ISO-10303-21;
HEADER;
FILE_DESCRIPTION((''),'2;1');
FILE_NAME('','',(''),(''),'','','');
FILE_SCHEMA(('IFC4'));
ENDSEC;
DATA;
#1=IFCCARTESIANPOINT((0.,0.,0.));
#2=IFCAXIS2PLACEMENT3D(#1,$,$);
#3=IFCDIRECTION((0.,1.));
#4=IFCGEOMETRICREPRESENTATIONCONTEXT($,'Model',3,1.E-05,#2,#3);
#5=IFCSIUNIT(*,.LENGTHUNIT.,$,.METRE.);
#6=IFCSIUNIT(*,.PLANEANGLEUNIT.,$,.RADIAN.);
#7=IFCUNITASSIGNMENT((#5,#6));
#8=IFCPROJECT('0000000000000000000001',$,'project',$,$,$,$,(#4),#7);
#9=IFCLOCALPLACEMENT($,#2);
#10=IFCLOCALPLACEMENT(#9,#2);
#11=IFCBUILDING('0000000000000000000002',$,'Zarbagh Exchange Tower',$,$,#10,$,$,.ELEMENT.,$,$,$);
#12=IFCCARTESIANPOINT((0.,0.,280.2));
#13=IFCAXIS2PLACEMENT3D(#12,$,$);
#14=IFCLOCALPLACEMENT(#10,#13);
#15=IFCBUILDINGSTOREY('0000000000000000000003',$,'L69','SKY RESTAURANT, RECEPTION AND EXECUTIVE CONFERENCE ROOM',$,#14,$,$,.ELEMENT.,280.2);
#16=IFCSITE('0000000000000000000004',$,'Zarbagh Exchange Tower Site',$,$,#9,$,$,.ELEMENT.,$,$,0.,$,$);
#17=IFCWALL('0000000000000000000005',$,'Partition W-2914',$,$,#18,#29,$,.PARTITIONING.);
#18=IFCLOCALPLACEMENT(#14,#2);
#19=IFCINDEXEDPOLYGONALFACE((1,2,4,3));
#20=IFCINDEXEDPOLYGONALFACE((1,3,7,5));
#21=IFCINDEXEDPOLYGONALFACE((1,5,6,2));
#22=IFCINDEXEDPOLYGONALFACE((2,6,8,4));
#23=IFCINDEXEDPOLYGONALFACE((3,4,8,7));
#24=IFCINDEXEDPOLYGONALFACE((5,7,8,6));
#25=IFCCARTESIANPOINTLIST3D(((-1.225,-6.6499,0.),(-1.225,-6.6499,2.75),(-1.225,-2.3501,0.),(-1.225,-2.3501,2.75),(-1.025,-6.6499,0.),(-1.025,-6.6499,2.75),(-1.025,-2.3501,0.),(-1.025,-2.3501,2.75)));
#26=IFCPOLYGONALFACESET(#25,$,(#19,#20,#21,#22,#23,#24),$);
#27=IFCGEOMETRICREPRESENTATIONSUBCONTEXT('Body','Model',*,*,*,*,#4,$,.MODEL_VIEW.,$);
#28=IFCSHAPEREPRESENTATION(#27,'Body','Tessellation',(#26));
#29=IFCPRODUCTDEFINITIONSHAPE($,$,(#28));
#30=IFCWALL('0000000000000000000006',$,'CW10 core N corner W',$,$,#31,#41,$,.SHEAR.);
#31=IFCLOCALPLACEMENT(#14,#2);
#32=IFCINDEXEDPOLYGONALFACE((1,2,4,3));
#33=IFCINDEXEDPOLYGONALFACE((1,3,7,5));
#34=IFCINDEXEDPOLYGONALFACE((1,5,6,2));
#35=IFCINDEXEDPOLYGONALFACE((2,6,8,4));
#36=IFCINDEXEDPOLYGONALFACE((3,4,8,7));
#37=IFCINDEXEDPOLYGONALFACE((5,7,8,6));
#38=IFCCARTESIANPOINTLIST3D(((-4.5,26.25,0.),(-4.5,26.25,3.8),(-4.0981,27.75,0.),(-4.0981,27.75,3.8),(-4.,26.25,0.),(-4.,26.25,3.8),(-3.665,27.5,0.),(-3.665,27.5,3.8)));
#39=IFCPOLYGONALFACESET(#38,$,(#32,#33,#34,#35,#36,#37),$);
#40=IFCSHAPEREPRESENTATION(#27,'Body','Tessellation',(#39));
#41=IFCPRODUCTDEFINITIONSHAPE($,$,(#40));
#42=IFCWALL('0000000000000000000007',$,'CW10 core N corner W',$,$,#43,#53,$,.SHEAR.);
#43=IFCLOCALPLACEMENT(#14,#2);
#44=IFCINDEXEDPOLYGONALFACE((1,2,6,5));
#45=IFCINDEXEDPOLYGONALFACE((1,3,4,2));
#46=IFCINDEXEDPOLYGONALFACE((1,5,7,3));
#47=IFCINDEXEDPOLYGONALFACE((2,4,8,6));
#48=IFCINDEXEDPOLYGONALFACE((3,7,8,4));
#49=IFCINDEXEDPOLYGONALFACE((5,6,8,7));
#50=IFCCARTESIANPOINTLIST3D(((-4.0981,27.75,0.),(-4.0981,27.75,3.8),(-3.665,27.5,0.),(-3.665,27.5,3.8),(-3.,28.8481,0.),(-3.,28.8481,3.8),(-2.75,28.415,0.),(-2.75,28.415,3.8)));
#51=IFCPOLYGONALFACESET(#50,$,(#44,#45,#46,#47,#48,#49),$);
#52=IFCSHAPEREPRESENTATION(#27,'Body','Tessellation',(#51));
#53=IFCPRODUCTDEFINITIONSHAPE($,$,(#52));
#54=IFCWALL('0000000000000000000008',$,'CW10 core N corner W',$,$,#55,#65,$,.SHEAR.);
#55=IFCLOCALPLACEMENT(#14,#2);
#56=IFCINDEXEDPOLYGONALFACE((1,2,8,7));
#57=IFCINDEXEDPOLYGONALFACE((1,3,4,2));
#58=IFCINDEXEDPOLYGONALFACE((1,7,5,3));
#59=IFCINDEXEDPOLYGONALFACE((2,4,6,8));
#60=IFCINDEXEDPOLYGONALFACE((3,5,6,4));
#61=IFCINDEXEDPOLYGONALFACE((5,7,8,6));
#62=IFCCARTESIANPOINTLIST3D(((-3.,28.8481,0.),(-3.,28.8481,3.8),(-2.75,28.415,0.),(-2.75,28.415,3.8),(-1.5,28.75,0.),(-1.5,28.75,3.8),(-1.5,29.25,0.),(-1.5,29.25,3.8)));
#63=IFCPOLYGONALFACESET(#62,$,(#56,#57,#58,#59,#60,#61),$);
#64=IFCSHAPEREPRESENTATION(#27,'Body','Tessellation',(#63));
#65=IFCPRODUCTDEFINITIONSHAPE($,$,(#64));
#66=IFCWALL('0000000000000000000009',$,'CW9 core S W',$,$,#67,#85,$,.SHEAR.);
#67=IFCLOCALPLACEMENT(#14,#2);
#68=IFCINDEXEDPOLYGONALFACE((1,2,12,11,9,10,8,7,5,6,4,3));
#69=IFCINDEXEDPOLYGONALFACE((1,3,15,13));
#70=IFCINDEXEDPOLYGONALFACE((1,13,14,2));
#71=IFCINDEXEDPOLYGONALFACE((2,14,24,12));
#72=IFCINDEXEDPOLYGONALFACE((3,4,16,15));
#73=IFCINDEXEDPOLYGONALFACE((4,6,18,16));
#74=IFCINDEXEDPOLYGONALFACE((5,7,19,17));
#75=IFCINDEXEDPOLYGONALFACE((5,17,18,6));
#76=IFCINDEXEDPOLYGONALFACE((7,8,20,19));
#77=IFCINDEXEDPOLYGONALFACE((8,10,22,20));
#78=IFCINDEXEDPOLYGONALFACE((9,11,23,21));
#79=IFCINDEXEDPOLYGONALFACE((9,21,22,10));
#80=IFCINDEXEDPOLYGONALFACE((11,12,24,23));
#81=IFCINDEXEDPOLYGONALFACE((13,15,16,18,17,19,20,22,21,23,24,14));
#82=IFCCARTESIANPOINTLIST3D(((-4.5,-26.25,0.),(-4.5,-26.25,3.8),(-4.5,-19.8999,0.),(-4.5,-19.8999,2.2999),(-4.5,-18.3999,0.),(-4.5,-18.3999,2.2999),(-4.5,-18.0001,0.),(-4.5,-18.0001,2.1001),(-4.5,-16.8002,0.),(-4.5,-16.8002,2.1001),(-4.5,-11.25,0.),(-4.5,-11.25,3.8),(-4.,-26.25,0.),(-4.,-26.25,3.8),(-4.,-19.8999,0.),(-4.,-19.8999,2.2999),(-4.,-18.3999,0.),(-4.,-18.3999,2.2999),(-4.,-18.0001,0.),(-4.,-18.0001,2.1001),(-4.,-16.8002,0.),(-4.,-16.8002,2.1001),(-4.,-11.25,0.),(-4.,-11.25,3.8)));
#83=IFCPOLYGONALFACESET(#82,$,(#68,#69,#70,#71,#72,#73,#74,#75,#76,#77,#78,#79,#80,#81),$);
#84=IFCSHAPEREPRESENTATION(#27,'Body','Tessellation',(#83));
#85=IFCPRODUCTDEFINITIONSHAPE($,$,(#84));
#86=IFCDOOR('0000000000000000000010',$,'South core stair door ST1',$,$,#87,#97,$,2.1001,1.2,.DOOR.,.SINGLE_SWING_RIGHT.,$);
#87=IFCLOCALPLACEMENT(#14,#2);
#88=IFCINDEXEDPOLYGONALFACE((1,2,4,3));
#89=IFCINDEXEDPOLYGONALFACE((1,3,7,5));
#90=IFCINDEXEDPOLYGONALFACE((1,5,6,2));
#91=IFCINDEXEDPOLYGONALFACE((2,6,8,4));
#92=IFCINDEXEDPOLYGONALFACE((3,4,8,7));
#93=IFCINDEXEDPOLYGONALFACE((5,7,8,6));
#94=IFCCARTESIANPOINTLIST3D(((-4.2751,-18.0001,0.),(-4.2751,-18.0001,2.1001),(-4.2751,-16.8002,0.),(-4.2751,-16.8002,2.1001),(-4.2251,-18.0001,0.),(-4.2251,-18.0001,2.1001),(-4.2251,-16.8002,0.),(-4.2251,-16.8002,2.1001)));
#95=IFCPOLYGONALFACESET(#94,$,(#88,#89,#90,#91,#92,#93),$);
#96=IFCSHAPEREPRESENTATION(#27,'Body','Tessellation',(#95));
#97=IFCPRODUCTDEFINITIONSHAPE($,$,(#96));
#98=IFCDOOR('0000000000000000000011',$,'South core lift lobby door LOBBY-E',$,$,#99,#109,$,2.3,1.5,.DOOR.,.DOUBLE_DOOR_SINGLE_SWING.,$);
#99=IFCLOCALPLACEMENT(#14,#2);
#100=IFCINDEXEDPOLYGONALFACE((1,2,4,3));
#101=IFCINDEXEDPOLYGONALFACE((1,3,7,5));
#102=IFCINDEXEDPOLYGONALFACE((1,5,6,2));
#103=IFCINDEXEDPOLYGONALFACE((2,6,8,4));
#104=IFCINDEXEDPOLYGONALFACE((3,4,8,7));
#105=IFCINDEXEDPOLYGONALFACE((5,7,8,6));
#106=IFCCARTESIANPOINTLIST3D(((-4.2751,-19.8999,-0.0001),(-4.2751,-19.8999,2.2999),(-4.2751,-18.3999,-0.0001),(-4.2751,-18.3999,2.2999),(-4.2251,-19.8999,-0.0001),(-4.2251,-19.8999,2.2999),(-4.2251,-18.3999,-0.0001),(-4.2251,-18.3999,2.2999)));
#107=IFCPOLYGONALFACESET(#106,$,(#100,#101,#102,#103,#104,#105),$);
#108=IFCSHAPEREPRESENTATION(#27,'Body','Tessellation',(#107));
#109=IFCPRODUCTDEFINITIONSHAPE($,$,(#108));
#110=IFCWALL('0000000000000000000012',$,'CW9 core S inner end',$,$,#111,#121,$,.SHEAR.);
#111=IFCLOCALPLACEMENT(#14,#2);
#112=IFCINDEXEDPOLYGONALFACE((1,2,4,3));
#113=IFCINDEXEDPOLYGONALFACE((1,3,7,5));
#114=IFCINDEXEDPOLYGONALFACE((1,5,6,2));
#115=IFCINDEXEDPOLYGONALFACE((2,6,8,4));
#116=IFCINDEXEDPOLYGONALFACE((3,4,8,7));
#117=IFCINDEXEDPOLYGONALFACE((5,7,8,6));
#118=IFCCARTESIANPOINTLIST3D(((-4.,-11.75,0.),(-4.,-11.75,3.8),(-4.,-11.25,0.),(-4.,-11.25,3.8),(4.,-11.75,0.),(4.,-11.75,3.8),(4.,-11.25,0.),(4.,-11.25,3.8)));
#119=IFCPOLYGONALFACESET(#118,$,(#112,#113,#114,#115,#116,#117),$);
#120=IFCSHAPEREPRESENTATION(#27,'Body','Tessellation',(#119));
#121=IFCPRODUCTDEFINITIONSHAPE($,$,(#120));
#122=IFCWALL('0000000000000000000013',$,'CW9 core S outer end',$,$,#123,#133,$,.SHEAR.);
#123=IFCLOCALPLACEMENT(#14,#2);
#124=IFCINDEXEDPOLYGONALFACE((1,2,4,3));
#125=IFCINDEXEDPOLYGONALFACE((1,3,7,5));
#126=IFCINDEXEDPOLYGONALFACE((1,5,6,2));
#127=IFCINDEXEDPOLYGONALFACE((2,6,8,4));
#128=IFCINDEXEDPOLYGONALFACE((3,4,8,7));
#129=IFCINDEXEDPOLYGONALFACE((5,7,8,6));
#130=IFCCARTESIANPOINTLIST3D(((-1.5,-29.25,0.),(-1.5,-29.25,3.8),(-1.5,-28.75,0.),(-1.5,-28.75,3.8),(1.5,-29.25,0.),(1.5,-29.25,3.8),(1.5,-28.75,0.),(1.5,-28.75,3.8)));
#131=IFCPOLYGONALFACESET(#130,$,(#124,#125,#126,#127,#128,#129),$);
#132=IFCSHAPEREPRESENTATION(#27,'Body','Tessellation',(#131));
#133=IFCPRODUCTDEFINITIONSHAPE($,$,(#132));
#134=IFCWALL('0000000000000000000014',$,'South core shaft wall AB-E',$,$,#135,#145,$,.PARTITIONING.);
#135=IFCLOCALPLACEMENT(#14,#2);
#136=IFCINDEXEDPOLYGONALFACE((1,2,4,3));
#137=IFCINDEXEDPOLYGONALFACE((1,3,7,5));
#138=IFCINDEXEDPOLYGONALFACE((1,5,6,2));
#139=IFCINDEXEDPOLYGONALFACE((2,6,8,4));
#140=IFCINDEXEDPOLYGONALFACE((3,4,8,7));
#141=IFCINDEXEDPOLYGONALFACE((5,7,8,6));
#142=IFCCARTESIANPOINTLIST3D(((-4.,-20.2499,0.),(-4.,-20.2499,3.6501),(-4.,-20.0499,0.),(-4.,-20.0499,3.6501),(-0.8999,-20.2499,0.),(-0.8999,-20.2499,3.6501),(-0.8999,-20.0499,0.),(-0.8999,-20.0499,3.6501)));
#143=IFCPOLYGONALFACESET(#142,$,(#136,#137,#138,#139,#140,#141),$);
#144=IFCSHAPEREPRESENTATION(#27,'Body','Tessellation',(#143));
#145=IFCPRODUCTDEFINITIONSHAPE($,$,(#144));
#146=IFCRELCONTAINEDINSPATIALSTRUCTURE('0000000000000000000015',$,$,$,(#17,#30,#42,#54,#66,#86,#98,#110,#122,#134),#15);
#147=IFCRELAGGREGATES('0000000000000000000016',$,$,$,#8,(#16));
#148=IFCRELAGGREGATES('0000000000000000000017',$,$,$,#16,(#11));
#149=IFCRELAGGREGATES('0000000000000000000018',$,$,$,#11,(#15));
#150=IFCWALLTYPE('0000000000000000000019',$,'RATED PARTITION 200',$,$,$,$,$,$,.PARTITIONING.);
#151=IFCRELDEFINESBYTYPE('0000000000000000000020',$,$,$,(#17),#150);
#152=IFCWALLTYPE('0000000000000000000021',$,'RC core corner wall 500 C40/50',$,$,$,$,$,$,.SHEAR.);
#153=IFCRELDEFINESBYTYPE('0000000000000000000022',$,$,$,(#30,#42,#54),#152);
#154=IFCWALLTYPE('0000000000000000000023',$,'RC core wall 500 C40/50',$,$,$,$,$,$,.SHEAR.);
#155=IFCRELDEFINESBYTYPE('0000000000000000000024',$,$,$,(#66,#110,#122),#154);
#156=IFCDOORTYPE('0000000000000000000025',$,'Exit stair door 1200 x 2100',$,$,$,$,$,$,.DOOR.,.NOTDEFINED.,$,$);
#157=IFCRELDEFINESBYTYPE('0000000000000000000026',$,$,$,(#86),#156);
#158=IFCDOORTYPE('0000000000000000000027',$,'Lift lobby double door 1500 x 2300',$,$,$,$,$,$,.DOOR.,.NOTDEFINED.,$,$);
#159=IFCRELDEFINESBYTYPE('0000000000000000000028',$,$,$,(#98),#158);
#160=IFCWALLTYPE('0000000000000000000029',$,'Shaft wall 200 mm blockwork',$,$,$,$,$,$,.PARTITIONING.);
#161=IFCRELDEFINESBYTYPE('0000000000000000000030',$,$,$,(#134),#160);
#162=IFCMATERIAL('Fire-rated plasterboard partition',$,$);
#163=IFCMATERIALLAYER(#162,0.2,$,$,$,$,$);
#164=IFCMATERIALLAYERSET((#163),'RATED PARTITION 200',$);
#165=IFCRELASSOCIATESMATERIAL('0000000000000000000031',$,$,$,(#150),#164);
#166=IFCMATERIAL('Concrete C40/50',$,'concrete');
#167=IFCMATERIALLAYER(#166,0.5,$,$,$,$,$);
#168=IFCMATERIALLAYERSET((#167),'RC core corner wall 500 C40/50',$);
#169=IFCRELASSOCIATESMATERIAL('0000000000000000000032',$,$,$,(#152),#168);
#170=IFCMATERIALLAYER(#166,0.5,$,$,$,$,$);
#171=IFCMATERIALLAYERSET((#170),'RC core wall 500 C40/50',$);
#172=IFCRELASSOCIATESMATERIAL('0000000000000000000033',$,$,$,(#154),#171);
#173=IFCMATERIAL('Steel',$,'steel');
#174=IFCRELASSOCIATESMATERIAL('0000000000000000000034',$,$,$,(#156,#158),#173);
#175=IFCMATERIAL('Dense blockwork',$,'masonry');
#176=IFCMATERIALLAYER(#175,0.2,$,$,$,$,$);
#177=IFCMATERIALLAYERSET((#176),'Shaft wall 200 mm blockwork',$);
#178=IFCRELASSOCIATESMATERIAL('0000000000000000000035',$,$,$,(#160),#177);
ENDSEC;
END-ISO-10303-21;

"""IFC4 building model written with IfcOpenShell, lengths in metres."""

from ifc_helpers import new_model, si_unit, direction, frame, frame_2d, origin, place, context, subcontext, project, spatial, polyline, rectangle, outline, extrude, material, layer, layer_set, type_object, element, fill, save


model = new_model("IFC4")

# Units and contexts
model_context = context("Model", 3, precision=1e-05, world=origin(), true_north=direction((0.0, 1.0)))
body_context = subcontext(model_context, "Body", "Model", "MODEL_VIEW")
ifc_project = project(units=[si_unit("LENGTHUNIT", "METRE"), si_unit("PLANEANGLEUNIT", "RADIAN")], contexts=[model_context])

# Site, building, storey
site_placement = place(None, origin())
site = spatial("IfcSite", under=ifc_project, at=site_placement, Name="Zarbagh Exchange Tower Site", CompositionType="ELEMENT", RefElevation=0.0)
building_placement = place(site_placement, origin())
building = spatial("IfcBuilding", under=site, at=building_placement, Name="Zarbagh Exchange Tower", CompositionType="ELEMENT")
storey_placement = place(building_placement, frame((0.0, 0.0, 280.2)))
storey = spatial("IfcBuildingStorey", under=building, at=storey_placement, Name="L69", Description="SKY RESTAURANT, RECEPTION AND EXECUTIVE CONFERENCE ROOM", CompositionType="ELEMENT", Elevation=280.2)

# Shared definitions
ifc_material_1 = material(Name="Concrete C40/50", Category="concrete")

# Shared definitions
ifc_material_2 = material(Name="Dense blockwork", Category="masonry")

# Shared definitions
ifc_material_3 = material(Name="Fire-rated plasterboard partition")
ifc_layer_1 = layer(ifc_material_3, 0.2)
ifc_layer_set_1 = layer_set([ifc_layer_1], Name="RATED PARTITION 200")
wall_type_1 = type_object("IfcWallType", Name="RATED PARTITION 200", PredefinedType="PARTITIONING", material=ifc_layer_set_1)

# Walls
wall_1_placement = place(storey_placement, frame((-1.125, -6.6499, 0.0), z_axis=(0.0, 0.0, 1.0), x_axis=(0.0, 1.0, 0.0)))
element("IfcWall", 1, at=wall_1_placement, inside=storey, type_object=wall_type_1, Name="Partition W-2914", PredefinedType="PARTITIONING", context=body_context, shape_type="SweptSolid", body=[
    extrude(rectangle(XDim=4.2998, YDim=0.2, at=frame_2d((2.1499, 0.0))), origin(), (0.0, 0.0, 1.0), 2.75),
])
ifc_layer_2 = layer(ifc_material_1, 0.5)
ifc_layer_set_2 = layer_set([ifc_layer_2], Name="RC core corner wall 500 C40/50")
wall_type_2 = type_object("IfcWallType", Name="RC core corner wall 500 C40/50", PredefinedType="SHEAR", material=ifc_layer_set_2)
wall_2_placement = place(storey_placement, origin())
element("IfcWall", 2, at=wall_2_placement, inside=storey, type_object=wall_type_2, Name="CW10 core N corner W", PredefinedType="SHEAR", context=body_context, shape_type="SweptSolid", body=[
    extrude(outline(polyline([(-4.5, 26.25), (-4.0981, 27.75), (-3.665, 27.5), (-4.0, 26.25), (-4.5, 26.25)])), origin(), (0.0, 0.0, 1.0), 3.8),
])
wall_3_placement = place(storey_placement, origin())
element("IfcWall", 3, at=wall_3_placement, inside=storey, type_object=wall_type_2, Name="CW10 core N corner W", PredefinedType="SHEAR", context=body_context, shape_type="SweptSolid", body=[
    extrude(outline(polyline([(-4.0981, 27.75), (-3.0, 28.8481), (-2.75, 28.415), (-3.665, 27.5), (-4.0981, 27.75)])), origin(), (0.0, 0.0, 1.0), 3.8),
])
wall_4_placement = place(storey_placement, origin())
element("IfcWall", 4, at=wall_4_placement, inside=storey, type_object=wall_type_2, Name="CW10 core N corner W", PredefinedType="SHEAR", context=body_context, shape_type="SweptSolid", body=[
    extrude(outline(polyline([(-3.0, 28.8481), (-1.5, 29.25), (-1.5, 28.75), (-2.75, 28.415), (-3.0, 28.8481)])), origin(), (0.0, 0.0, 1.0), 3.8),
])

# Wall, openings, doors
ifc_layer_3 = layer(ifc_material_1, 0.5)
ifc_layer_set_3 = layer_set([ifc_layer_3], Name="RC core wall 500 C40/50")
wall_type_3 = type_object("IfcWallType", Name="RC core wall 500 C40/50", PredefinedType="SHEAR", material=ifc_layer_set_3)
wall_5_placement = place(storey_placement, frame((-4.25, -11.25, 0.0), z_axis=(0.0, 0.0, 1.0), x_axis=(0.0, -1.0, 0.0)))
wall_5 = element("IfcWall", 5, at=wall_5_placement, inside=storey, type_object=wall_type_3, Name="CW9 core S W", PredefinedType="SHEAR", context=body_context, shape_type="SweptSolid", body=[
    extrude(rectangle(XDim=15.0, YDim=0.5, at=frame_2d((7.5, 0.0))), origin(), (0.0, 0.0, 1.0), 3.8),
])
opening_1_placement = place(wall_5_placement, frame((7.1499, 0.0, 0.0)))
opening_1 = element("IfcOpeningElement", 6, at=opening_1_placement, cuts=wall_5, PredefinedType="OPENING", context=body_context, shape_type="SweptSolid", body=[
    extrude(rectangle(XDim=1.5, YDim=2.3, at=frame_2d((0.75, 1.1499))), frame((0.0, 0.26, 0.0), z_axis=(0.0, -1.0, 0.0), x_axis=(1.0, 0.0, 0.0)), (0.0, 0.0, 1.0), 0.52),
])
opening_2_placement = place(wall_5_placement, frame((5.55, 0.0, 0.0)))
opening_2 = element("IfcOpeningElement", 7, at=opening_2_placement, cuts=wall_5, PredefinedType="OPENING", context=body_context, shape_type="SweptSolid", body=[
    extrude(rectangle(XDim=1.2, YDim=2.1001, at=frame_2d((0.6001, 1.05))), frame((0.0, 0.26, 0.0), z_axis=(0.0, -1.0, 0.0), x_axis=(1.0, 0.0, 0.0)), (0.0, 0.0, 1.0), 0.52),
])
ifc_material_4 = material(Name="Steel", Category="steel")
door_type_1 = type_object("IfcDoorType", Name="Exit stair door 1200 x 2100", OperationType="NOTDEFINED", PredefinedType="DOOR", material=ifc_material_4)
door_1_placement = place(opening_2_placement, origin())
door_1 = element("IfcDoor", 8, at=door_1_placement, inside=storey, type_object=door_type_1, Name="South core stair door ST1", OperationType="SINGLE_SWING_RIGHT", OverallHeight=2.1001, OverallWidth=1.2, PredefinedType="DOOR", context=body_context, shape_type="SweptSolid", body=[
    extrude(rectangle(XDim=1.2, YDim=2.1001, at=frame_2d((0.6001, 1.05))), frame((0.0, 0.0249, 0.0), z_axis=(0.0, -1.0, 0.0), x_axis=(1.0, 0.0, 0.0)), (0.0, 0.0, 1.0), 0.05),
])
fill(opening_2, door_1)
door_type_2 = type_object("IfcDoorType", Name="Lift lobby double door 1500 x 2300", OperationType="NOTDEFINED", PredefinedType="DOOR", material=ifc_material_4)
door_2_placement = place(opening_1_placement, origin())
door_2 = element("IfcDoor", 9, at=door_2_placement, inside=storey, type_object=door_type_2, Name="South core lift lobby door LOBBY-E", OperationType="DOUBLE_DOOR_SINGLE_SWING", OverallHeight=2.3, OverallWidth=1.5, PredefinedType="DOOR", context=body_context, shape_type="SweptSolid", body=[
    extrude(rectangle(XDim=1.5, YDim=2.3, at=frame_2d((0.75, 1.1499))), frame((0.0, 0.0249, 0.0), z_axis=(0.0, -1.0, 0.0), x_axis=(1.0, 0.0, 0.0)), (0.0, 0.0, 1.0), 0.05),
])
fill(opening_1, door_2)

# Walls
wall_6_placement = place(storey_placement, frame((-4.0, -11.5, 0.0), z_axis=(0.0, 0.0, 1.0), x_axis=(1.0, 0.0, 0.0)))
element("IfcWall", 10, at=wall_6_placement, inside=storey, type_object=wall_type_3, Name="CW9 core S inner end", PredefinedType="SHEAR", context=body_context, shape_type="SweptSolid", body=[
    extrude(rectangle(XDim=8.0, YDim=0.5, at=frame_2d((4.0, 0.0))), origin(), (0.0, 0.0, 1.0), 3.8),
])
wall_7_placement = place(storey_placement, frame((-1.5, -29.0, 0.0), z_axis=(0.0, 0.0, 1.0), x_axis=(1.0, 0.0, 0.0)))
element("IfcWall", 11, at=wall_7_placement, inside=storey, type_object=wall_type_3, Name="CW9 core S outer end", PredefinedType="SHEAR", context=body_context, shape_type="SweptSolid", body=[
    extrude(rectangle(XDim=3.0, YDim=0.5, at=frame_2d((1.5, 0.0))), origin(), (0.0, 0.0, 1.0), 3.8),
])
ifc_layer_4 = layer(ifc_material_2, 0.2)
ifc_layer_set_4 = layer_set([ifc_layer_4], Name="Shaft wall 200 mm blockwork")
wall_type_4 = type_object("IfcWallType", Name="Shaft wall 200 mm blockwork", PredefinedType="PARTITIONING", material=ifc_layer_set_4)
wall_8_placement = place(storey_placement, frame((-0.8999, -20.1499, 0.0), z_axis=(0.0, 0.0, 1.0), x_axis=(-1.0, 0.0, 0.0)))
element("IfcWall", 12, at=wall_8_placement, inside=storey, type_object=wall_type_4, Name="South core shaft wall AB-E", PredefinedType="PARTITIONING", context=body_context, shape_type="SweptSolid", body=[
    extrude(rectangle(XDim=3.1001, YDim=0.2, at=frame_2d((1.55, 0.0))), origin(), (0.0, 0.0, 1.0), 3.6501),
])

save(model, "model.ifc")
